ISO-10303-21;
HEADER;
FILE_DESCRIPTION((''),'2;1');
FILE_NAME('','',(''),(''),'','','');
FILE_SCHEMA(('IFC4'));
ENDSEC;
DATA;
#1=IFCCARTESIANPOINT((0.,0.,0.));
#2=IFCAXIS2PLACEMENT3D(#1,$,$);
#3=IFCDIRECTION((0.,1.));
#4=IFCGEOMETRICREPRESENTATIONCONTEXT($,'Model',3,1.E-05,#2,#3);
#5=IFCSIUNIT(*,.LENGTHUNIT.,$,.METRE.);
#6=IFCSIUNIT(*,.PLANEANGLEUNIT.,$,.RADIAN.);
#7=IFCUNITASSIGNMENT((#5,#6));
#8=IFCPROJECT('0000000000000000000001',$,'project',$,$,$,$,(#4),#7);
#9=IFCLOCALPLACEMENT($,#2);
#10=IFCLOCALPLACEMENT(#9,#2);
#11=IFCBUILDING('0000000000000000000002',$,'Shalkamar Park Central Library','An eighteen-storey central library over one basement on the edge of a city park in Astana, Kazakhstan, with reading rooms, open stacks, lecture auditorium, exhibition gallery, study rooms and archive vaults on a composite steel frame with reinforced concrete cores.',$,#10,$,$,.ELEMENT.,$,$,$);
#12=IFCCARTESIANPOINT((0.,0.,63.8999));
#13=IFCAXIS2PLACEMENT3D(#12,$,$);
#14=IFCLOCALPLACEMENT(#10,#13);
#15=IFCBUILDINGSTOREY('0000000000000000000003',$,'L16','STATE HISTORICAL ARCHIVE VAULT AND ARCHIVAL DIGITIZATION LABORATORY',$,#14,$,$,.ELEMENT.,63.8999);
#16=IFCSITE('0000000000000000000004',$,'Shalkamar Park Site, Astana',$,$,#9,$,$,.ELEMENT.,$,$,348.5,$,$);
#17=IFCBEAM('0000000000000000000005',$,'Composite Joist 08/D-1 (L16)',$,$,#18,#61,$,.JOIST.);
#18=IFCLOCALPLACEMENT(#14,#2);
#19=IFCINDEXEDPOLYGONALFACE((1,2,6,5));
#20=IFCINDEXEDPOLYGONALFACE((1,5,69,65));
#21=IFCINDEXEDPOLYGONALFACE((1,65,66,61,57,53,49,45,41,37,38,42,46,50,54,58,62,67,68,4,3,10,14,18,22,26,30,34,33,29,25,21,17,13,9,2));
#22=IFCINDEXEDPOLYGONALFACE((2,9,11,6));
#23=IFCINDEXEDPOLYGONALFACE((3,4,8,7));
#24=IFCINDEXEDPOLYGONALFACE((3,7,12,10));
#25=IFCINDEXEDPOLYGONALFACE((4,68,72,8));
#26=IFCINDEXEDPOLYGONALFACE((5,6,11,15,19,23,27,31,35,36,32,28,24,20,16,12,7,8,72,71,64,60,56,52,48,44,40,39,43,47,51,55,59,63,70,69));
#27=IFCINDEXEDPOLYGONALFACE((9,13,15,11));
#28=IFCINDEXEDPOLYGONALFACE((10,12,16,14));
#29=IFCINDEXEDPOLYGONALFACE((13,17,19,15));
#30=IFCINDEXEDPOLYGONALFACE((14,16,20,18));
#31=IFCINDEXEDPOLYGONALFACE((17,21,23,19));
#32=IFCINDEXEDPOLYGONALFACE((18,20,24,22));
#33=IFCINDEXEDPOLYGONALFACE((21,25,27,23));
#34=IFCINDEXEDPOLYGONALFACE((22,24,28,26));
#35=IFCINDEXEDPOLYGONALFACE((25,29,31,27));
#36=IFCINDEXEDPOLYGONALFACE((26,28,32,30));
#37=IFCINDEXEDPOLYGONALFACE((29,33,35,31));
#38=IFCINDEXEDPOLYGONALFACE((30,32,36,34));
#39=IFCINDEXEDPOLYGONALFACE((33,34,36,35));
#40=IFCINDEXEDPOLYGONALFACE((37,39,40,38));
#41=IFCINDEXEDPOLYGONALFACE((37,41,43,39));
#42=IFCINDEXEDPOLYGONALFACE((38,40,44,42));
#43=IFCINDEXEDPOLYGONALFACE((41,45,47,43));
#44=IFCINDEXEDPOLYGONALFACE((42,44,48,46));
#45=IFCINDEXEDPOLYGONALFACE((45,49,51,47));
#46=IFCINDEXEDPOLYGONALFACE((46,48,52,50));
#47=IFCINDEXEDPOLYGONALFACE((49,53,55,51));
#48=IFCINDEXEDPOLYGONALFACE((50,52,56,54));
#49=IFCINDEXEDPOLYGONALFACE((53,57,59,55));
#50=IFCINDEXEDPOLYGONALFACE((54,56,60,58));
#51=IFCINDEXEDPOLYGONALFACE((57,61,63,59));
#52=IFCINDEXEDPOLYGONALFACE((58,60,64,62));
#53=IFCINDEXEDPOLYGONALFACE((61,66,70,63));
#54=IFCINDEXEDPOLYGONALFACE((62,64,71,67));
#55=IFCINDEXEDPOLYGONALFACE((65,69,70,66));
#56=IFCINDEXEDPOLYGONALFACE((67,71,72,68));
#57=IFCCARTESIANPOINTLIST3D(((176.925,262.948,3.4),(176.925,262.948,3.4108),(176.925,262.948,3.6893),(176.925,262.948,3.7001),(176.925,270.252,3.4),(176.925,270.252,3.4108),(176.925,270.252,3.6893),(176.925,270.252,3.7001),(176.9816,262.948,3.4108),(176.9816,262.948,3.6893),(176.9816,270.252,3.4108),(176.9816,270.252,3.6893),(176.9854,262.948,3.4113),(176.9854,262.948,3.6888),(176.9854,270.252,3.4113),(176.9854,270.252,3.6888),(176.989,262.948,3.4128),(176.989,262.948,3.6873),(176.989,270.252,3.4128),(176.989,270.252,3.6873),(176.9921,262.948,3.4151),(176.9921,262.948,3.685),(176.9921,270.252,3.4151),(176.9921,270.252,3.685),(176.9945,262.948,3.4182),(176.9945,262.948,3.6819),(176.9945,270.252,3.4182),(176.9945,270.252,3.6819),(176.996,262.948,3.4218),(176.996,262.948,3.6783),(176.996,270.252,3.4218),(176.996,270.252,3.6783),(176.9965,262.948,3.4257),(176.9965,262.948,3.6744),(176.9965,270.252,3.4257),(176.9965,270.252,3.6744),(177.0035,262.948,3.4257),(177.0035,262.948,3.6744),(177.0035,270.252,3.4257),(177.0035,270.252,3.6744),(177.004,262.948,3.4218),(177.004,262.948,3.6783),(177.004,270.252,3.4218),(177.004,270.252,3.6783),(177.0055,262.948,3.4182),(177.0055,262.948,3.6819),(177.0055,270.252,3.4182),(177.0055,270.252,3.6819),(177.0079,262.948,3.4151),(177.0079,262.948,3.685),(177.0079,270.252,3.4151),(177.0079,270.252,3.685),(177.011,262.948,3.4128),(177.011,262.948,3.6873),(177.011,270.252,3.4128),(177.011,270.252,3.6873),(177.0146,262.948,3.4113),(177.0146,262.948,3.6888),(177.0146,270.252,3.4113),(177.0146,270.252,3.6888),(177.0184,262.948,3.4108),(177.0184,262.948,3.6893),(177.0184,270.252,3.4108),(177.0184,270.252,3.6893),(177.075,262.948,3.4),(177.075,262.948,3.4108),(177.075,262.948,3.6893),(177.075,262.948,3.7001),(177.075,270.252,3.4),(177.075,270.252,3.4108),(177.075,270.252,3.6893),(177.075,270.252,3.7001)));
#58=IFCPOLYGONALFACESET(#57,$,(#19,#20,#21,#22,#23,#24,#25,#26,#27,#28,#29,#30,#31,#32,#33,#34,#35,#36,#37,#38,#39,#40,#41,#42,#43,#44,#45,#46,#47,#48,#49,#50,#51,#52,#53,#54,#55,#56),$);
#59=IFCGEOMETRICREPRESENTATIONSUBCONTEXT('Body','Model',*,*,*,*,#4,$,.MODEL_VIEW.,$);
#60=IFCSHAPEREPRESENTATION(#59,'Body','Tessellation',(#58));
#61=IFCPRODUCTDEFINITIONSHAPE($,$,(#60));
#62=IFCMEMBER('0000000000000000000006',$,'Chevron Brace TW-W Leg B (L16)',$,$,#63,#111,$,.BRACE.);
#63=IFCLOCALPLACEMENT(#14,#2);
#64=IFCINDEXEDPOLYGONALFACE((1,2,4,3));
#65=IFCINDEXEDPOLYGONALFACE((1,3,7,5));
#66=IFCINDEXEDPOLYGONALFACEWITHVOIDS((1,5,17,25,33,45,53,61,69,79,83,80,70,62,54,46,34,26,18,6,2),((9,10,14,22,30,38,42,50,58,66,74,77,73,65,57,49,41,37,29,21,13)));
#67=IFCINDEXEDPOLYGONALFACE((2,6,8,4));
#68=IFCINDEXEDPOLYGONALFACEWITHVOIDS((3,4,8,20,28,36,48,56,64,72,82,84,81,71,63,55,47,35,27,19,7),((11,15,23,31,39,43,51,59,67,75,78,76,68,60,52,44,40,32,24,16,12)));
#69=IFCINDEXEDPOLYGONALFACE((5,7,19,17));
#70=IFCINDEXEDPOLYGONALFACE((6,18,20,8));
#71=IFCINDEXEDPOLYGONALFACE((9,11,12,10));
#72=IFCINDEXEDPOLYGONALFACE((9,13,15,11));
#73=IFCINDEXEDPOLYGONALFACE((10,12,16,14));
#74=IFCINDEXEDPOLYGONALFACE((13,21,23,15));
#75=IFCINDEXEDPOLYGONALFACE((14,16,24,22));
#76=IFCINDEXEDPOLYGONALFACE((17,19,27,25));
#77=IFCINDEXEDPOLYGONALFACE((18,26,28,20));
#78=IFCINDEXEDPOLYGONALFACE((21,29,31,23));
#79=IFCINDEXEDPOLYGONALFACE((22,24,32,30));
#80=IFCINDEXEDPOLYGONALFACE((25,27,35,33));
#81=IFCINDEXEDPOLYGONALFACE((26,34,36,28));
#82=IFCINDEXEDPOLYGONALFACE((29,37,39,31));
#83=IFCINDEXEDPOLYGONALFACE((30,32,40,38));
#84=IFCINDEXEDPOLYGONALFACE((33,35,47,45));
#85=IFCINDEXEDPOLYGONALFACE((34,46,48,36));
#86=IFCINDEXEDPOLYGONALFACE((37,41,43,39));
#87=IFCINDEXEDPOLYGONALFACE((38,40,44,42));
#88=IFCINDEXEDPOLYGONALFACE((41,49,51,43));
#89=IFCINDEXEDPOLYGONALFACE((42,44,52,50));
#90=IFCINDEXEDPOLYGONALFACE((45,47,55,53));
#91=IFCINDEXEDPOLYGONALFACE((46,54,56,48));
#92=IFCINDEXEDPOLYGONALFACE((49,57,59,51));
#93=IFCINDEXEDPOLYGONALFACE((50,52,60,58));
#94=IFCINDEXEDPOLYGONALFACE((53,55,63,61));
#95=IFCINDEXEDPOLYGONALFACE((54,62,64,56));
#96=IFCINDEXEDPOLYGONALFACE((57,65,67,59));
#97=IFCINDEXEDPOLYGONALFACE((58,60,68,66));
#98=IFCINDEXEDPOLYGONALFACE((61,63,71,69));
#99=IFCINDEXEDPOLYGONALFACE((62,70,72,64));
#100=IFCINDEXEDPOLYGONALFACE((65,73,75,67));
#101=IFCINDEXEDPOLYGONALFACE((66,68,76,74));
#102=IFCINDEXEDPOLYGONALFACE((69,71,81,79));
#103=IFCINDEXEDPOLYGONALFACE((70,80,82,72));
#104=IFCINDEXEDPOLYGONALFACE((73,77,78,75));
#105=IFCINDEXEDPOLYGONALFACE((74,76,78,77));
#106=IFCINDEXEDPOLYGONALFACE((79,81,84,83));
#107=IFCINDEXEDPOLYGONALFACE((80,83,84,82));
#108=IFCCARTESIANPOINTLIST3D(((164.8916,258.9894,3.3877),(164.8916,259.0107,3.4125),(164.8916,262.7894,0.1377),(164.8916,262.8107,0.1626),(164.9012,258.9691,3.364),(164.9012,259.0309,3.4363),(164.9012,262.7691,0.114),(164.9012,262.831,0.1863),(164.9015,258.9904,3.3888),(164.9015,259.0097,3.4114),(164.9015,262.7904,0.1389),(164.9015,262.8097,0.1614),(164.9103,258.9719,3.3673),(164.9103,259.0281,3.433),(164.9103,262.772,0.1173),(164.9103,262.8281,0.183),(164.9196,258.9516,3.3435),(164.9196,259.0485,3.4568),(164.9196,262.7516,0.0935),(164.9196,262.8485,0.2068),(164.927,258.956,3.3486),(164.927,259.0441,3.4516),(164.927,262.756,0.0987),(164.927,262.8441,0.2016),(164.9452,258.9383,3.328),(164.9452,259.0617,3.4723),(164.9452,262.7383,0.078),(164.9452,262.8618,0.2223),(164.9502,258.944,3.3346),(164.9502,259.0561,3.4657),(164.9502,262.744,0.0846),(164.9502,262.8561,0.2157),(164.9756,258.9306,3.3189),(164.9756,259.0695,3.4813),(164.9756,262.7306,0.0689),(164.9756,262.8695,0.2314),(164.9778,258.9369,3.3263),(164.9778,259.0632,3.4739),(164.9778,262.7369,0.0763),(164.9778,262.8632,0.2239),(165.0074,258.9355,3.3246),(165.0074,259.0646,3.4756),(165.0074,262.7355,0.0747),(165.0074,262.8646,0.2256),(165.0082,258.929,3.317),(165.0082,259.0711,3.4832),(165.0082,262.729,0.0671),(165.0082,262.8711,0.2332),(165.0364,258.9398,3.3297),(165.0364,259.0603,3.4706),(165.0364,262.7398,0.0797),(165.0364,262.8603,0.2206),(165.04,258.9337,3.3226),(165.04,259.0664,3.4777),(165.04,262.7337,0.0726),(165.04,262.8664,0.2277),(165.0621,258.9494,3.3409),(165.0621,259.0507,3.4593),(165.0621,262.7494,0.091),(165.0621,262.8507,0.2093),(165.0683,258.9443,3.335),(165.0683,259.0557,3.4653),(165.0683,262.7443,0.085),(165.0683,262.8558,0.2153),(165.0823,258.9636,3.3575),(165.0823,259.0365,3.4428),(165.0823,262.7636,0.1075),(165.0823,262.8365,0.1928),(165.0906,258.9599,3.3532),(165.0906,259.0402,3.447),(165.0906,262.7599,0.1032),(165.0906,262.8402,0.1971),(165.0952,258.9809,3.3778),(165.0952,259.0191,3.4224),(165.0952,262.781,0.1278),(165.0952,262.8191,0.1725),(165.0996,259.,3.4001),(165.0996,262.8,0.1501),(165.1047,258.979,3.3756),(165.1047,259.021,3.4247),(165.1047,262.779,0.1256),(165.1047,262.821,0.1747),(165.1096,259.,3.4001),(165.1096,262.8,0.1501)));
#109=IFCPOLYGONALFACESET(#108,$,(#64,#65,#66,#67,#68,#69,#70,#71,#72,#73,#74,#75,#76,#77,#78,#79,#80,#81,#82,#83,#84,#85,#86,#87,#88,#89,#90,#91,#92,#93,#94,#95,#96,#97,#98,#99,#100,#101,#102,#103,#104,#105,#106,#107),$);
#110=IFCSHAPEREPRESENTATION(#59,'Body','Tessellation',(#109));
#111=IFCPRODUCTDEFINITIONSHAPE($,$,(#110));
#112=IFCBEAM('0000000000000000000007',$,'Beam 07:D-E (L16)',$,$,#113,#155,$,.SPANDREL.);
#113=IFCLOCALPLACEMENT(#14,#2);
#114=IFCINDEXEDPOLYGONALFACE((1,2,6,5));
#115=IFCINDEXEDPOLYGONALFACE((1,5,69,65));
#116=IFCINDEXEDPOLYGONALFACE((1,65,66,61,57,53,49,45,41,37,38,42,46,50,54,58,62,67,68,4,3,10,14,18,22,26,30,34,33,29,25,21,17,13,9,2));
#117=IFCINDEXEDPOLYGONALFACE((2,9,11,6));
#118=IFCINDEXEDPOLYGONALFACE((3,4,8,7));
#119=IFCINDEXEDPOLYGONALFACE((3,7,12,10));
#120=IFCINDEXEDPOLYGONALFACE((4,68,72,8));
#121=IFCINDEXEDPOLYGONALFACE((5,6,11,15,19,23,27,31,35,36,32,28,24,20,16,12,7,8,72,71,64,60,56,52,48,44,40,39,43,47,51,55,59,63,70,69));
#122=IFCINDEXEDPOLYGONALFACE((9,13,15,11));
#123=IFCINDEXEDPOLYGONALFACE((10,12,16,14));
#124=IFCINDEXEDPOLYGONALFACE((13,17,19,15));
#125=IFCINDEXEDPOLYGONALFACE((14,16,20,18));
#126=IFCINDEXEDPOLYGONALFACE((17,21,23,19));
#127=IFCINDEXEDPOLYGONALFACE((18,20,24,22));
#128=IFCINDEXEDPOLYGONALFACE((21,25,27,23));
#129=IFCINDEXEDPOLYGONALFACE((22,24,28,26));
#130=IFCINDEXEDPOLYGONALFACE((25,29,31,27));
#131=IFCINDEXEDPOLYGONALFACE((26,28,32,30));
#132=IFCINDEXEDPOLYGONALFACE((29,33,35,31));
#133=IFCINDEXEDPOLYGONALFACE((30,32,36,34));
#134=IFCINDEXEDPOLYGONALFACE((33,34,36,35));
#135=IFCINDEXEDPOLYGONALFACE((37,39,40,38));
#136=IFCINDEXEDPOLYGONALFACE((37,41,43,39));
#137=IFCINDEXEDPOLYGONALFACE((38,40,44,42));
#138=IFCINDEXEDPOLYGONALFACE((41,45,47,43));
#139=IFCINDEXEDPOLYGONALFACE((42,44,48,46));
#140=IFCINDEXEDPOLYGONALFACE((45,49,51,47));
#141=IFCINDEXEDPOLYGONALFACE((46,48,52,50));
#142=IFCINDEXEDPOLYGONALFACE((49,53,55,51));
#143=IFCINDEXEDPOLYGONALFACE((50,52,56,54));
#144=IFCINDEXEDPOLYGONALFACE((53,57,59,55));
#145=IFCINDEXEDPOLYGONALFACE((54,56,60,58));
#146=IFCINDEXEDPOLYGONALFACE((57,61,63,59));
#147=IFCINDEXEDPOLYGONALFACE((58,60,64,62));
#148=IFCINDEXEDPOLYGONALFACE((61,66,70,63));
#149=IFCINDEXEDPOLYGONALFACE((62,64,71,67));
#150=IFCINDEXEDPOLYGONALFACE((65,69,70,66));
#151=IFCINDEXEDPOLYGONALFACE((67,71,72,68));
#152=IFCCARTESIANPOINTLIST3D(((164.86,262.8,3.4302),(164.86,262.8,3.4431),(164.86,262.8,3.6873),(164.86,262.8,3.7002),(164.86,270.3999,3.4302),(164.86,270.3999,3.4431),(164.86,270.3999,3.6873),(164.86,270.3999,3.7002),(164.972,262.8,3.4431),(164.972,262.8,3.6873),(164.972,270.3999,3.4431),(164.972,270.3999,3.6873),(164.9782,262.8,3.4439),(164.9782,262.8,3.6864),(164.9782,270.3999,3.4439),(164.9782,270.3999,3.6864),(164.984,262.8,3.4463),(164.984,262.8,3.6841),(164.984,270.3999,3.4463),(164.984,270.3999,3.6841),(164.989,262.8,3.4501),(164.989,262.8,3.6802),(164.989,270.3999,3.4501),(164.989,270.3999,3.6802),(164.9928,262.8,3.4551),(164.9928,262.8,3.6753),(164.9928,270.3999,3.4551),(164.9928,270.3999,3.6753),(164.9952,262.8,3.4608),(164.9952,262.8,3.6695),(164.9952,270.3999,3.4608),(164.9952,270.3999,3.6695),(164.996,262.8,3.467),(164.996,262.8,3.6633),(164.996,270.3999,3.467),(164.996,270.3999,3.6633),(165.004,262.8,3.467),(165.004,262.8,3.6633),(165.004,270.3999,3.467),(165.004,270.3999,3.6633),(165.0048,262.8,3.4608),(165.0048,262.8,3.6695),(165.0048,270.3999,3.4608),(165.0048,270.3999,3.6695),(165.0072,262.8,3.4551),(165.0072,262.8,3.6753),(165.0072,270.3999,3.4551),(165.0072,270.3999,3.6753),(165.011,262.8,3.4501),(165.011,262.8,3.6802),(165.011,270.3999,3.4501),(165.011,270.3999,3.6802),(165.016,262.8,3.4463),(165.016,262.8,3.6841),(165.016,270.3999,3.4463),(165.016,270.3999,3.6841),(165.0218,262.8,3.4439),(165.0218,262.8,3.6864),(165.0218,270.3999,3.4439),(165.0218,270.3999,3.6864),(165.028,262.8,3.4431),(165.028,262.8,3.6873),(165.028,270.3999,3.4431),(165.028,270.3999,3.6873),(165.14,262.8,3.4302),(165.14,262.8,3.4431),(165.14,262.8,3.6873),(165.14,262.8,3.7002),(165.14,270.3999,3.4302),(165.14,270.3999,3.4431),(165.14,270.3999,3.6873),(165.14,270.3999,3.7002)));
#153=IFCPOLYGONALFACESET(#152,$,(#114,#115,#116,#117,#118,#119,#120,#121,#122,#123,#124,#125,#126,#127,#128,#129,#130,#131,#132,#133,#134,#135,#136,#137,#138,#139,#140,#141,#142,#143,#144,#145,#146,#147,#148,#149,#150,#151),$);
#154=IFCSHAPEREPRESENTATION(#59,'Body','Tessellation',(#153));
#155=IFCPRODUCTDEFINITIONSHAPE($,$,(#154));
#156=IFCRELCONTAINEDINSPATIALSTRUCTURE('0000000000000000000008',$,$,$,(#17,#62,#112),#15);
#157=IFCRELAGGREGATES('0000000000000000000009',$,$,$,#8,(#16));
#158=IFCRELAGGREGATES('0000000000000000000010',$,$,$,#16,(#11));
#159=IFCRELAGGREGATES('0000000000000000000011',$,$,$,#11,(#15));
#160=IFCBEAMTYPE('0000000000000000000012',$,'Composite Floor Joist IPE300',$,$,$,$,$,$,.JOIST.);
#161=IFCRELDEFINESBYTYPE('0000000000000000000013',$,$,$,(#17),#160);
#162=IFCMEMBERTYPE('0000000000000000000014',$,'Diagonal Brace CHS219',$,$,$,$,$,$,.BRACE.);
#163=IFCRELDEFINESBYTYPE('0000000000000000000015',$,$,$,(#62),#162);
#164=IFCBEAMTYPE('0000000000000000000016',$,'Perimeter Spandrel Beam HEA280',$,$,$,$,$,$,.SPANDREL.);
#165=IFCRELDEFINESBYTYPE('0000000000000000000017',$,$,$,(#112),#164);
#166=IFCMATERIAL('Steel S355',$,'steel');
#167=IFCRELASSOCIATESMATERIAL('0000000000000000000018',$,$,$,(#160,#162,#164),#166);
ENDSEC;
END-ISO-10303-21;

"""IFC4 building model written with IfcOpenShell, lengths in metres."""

from ifc_helpers import new_model, si_unit, direction, frame, origin, origin_2d, place, context, subcontext, project, spatial, hollow_circle, i_section, extrude, material, material_profile, profile_set, type_object, element, save


model = new_model("IFC4")

# Units and contexts
model_context = context("Model", 3, precision=1e-05, world=origin(), true_north=direction((0.0, 1.0)))
body_context = subcontext(model_context, "Body", "Model", "MODEL_VIEW")
ifc_project = project(units=[si_unit("LENGTHUNIT", "METRE"), si_unit("PLANEANGLEUNIT", "RADIAN")], contexts=[model_context])

# Site, building, storey
site_placement = place(None, origin())
site = spatial("IfcSite", under=ifc_project, at=site_placement, Name="Shalkamar Park Site, Astana", CompositionType="ELEMENT", RefElevation=348.5)
building_placement = place(site_placement, origin())
building = spatial("IfcBuilding", under=site, at=building_placement, Name="Shalkamar Park Central Library", Description="An eighteen-storey central library over one basement on the edge of a city park in Astana, Kazakhstan, with reading rooms, open stacks, lecture auditorium, exhibition gallery, study rooms and archive vaults on a composite steel frame with reinforced concrete cores.", CompositionType="ELEMENT")
storey_placement = place(building_placement, frame((0.0, 0.0, 63.8999)))
storey = spatial("IfcBuildingStorey", under=building, at=storey_placement, Name="L16", Description="STATE HISTORICAL ARCHIVE VAULT AND ARCHIVAL DIGITIZATION LABORATORY", CompositionType="ELEMENT", Elevation=63.8999)

# Shared definitions
ifc_material_1 = material(Name="Steel S355", Category="steel")

# Beam
ifc_material_profile_1 = material_profile(ifc_material_1, i_section(OverallWidth=0.1499, OverallDepth=0.3, WebThickness=0.0071, FlangeThickness=0.0107, FilletRadius=0.0149, at=origin_2d()), Name="IPE 300")
ifc_profile_set_1 = profile_set([ifc_material_profile_1], Name="Steel S355")
beam_type_1 = type_object("IfcBeamType", Name="Composite Floor Joist IPE300", PredefinedType="JOIST", material=ifc_profile_set_1)
for number, where, z_axis, x_axis, name in (
    (1, (177.0, 262.948, 3.55), (0.0, 1.0, 0.0), (-1.0, 0.0, 0.0), "Composite Joist 08/D-1 (L16)"),
):
    element("IfcBeam", number, at=place(storey_placement, frame(where, z_axis=z_axis, x_axis=x_axis)), inside=storey, type_object=beam_type_1, Name=name, PredefinedType="JOIST", context=body_context, shape_type="SweptSolid", body=[
        extrude(i_section(OverallWidth=0.1499, OverallDepth=0.3, WebThickness=0.0071, FlangeThickness=0.0107, FilletRadius=0.0149, at=origin_2d()), origin(), (0.0, 0.0, 1.0), 7.304),
    ])

# Member
ifc_material_profile_2 = material_profile(ifc_material_1, hollow_circle(Radius=0.1096, WallThickness=0.01, at=origin_2d()), Name="CHS 219.1x10")
ifc_profile_set_2 = profile_set([ifc_material_profile_2], Name="Steel S355")
member_type = type_object("IfcMemberType", Name="Diagonal Brace CHS219", PredefinedType="BRACE", material=ifc_profile_set_2)
member_placement = place(storey_placement, frame((165.0, 262.8, 0.1501), z_axis=(0.0, -0.759966, 0.649963), x_axis=(1.0, 0.0, 0.0)))
element("IfcMember", 2, at=member_placement, inside=storey, type_object=member_type, Name="Chevron Brace TW-W Leg B (L16)", PredefinedType="BRACE", context=body_context, shape_type="SweptSolid", body=[
    extrude(hollow_circle(Radius=0.1096, WallThickness=0.01, at=origin_2d()), origin(), (0.0, 0.0, 1.0), 5.0002),
])

# Beam
ifc_material_profile_3 = material_profile(ifc_material_1, i_section(OverallWidth=0.28, OverallDepth=0.27, WebThickness=0.0081, FlangeThickness=0.0129, FilletRadius=0.0239, at=origin_2d()), Name="HEA 280")
ifc_profile_set_3 = profile_set([ifc_material_profile_3], Name="Steel S355")
beam_type_2 = type_object("IfcBeamType", Name="Perimeter Spandrel Beam HEA280", PredefinedType="SPANDREL", material=ifc_profile_set_3)
beam_1_placement = place(storey_placement, frame((165.0, 262.8, 3.5652), z_axis=(0.0, 1.0, 0.0), x_axis=(-1.0, 0.0, 0.0)))
element("IfcBeam", 3, at=beam_1_placement, inside=storey, type_object=beam_type_2, Name="Beam 07:D-E (L16)", PredefinedType="SPANDREL", context=body_context, shape_type="SweptSolid", body=[
    extrude(i_section(OverallWidth=0.28, OverallDepth=0.27, WebThickness=0.0081, FlangeThickness=0.0129, FilletRadius=0.0239, at=origin_2d()), origin(), (0.0, 0.0, 1.0), 7.5999),
])

save(model, "model.ifc")
